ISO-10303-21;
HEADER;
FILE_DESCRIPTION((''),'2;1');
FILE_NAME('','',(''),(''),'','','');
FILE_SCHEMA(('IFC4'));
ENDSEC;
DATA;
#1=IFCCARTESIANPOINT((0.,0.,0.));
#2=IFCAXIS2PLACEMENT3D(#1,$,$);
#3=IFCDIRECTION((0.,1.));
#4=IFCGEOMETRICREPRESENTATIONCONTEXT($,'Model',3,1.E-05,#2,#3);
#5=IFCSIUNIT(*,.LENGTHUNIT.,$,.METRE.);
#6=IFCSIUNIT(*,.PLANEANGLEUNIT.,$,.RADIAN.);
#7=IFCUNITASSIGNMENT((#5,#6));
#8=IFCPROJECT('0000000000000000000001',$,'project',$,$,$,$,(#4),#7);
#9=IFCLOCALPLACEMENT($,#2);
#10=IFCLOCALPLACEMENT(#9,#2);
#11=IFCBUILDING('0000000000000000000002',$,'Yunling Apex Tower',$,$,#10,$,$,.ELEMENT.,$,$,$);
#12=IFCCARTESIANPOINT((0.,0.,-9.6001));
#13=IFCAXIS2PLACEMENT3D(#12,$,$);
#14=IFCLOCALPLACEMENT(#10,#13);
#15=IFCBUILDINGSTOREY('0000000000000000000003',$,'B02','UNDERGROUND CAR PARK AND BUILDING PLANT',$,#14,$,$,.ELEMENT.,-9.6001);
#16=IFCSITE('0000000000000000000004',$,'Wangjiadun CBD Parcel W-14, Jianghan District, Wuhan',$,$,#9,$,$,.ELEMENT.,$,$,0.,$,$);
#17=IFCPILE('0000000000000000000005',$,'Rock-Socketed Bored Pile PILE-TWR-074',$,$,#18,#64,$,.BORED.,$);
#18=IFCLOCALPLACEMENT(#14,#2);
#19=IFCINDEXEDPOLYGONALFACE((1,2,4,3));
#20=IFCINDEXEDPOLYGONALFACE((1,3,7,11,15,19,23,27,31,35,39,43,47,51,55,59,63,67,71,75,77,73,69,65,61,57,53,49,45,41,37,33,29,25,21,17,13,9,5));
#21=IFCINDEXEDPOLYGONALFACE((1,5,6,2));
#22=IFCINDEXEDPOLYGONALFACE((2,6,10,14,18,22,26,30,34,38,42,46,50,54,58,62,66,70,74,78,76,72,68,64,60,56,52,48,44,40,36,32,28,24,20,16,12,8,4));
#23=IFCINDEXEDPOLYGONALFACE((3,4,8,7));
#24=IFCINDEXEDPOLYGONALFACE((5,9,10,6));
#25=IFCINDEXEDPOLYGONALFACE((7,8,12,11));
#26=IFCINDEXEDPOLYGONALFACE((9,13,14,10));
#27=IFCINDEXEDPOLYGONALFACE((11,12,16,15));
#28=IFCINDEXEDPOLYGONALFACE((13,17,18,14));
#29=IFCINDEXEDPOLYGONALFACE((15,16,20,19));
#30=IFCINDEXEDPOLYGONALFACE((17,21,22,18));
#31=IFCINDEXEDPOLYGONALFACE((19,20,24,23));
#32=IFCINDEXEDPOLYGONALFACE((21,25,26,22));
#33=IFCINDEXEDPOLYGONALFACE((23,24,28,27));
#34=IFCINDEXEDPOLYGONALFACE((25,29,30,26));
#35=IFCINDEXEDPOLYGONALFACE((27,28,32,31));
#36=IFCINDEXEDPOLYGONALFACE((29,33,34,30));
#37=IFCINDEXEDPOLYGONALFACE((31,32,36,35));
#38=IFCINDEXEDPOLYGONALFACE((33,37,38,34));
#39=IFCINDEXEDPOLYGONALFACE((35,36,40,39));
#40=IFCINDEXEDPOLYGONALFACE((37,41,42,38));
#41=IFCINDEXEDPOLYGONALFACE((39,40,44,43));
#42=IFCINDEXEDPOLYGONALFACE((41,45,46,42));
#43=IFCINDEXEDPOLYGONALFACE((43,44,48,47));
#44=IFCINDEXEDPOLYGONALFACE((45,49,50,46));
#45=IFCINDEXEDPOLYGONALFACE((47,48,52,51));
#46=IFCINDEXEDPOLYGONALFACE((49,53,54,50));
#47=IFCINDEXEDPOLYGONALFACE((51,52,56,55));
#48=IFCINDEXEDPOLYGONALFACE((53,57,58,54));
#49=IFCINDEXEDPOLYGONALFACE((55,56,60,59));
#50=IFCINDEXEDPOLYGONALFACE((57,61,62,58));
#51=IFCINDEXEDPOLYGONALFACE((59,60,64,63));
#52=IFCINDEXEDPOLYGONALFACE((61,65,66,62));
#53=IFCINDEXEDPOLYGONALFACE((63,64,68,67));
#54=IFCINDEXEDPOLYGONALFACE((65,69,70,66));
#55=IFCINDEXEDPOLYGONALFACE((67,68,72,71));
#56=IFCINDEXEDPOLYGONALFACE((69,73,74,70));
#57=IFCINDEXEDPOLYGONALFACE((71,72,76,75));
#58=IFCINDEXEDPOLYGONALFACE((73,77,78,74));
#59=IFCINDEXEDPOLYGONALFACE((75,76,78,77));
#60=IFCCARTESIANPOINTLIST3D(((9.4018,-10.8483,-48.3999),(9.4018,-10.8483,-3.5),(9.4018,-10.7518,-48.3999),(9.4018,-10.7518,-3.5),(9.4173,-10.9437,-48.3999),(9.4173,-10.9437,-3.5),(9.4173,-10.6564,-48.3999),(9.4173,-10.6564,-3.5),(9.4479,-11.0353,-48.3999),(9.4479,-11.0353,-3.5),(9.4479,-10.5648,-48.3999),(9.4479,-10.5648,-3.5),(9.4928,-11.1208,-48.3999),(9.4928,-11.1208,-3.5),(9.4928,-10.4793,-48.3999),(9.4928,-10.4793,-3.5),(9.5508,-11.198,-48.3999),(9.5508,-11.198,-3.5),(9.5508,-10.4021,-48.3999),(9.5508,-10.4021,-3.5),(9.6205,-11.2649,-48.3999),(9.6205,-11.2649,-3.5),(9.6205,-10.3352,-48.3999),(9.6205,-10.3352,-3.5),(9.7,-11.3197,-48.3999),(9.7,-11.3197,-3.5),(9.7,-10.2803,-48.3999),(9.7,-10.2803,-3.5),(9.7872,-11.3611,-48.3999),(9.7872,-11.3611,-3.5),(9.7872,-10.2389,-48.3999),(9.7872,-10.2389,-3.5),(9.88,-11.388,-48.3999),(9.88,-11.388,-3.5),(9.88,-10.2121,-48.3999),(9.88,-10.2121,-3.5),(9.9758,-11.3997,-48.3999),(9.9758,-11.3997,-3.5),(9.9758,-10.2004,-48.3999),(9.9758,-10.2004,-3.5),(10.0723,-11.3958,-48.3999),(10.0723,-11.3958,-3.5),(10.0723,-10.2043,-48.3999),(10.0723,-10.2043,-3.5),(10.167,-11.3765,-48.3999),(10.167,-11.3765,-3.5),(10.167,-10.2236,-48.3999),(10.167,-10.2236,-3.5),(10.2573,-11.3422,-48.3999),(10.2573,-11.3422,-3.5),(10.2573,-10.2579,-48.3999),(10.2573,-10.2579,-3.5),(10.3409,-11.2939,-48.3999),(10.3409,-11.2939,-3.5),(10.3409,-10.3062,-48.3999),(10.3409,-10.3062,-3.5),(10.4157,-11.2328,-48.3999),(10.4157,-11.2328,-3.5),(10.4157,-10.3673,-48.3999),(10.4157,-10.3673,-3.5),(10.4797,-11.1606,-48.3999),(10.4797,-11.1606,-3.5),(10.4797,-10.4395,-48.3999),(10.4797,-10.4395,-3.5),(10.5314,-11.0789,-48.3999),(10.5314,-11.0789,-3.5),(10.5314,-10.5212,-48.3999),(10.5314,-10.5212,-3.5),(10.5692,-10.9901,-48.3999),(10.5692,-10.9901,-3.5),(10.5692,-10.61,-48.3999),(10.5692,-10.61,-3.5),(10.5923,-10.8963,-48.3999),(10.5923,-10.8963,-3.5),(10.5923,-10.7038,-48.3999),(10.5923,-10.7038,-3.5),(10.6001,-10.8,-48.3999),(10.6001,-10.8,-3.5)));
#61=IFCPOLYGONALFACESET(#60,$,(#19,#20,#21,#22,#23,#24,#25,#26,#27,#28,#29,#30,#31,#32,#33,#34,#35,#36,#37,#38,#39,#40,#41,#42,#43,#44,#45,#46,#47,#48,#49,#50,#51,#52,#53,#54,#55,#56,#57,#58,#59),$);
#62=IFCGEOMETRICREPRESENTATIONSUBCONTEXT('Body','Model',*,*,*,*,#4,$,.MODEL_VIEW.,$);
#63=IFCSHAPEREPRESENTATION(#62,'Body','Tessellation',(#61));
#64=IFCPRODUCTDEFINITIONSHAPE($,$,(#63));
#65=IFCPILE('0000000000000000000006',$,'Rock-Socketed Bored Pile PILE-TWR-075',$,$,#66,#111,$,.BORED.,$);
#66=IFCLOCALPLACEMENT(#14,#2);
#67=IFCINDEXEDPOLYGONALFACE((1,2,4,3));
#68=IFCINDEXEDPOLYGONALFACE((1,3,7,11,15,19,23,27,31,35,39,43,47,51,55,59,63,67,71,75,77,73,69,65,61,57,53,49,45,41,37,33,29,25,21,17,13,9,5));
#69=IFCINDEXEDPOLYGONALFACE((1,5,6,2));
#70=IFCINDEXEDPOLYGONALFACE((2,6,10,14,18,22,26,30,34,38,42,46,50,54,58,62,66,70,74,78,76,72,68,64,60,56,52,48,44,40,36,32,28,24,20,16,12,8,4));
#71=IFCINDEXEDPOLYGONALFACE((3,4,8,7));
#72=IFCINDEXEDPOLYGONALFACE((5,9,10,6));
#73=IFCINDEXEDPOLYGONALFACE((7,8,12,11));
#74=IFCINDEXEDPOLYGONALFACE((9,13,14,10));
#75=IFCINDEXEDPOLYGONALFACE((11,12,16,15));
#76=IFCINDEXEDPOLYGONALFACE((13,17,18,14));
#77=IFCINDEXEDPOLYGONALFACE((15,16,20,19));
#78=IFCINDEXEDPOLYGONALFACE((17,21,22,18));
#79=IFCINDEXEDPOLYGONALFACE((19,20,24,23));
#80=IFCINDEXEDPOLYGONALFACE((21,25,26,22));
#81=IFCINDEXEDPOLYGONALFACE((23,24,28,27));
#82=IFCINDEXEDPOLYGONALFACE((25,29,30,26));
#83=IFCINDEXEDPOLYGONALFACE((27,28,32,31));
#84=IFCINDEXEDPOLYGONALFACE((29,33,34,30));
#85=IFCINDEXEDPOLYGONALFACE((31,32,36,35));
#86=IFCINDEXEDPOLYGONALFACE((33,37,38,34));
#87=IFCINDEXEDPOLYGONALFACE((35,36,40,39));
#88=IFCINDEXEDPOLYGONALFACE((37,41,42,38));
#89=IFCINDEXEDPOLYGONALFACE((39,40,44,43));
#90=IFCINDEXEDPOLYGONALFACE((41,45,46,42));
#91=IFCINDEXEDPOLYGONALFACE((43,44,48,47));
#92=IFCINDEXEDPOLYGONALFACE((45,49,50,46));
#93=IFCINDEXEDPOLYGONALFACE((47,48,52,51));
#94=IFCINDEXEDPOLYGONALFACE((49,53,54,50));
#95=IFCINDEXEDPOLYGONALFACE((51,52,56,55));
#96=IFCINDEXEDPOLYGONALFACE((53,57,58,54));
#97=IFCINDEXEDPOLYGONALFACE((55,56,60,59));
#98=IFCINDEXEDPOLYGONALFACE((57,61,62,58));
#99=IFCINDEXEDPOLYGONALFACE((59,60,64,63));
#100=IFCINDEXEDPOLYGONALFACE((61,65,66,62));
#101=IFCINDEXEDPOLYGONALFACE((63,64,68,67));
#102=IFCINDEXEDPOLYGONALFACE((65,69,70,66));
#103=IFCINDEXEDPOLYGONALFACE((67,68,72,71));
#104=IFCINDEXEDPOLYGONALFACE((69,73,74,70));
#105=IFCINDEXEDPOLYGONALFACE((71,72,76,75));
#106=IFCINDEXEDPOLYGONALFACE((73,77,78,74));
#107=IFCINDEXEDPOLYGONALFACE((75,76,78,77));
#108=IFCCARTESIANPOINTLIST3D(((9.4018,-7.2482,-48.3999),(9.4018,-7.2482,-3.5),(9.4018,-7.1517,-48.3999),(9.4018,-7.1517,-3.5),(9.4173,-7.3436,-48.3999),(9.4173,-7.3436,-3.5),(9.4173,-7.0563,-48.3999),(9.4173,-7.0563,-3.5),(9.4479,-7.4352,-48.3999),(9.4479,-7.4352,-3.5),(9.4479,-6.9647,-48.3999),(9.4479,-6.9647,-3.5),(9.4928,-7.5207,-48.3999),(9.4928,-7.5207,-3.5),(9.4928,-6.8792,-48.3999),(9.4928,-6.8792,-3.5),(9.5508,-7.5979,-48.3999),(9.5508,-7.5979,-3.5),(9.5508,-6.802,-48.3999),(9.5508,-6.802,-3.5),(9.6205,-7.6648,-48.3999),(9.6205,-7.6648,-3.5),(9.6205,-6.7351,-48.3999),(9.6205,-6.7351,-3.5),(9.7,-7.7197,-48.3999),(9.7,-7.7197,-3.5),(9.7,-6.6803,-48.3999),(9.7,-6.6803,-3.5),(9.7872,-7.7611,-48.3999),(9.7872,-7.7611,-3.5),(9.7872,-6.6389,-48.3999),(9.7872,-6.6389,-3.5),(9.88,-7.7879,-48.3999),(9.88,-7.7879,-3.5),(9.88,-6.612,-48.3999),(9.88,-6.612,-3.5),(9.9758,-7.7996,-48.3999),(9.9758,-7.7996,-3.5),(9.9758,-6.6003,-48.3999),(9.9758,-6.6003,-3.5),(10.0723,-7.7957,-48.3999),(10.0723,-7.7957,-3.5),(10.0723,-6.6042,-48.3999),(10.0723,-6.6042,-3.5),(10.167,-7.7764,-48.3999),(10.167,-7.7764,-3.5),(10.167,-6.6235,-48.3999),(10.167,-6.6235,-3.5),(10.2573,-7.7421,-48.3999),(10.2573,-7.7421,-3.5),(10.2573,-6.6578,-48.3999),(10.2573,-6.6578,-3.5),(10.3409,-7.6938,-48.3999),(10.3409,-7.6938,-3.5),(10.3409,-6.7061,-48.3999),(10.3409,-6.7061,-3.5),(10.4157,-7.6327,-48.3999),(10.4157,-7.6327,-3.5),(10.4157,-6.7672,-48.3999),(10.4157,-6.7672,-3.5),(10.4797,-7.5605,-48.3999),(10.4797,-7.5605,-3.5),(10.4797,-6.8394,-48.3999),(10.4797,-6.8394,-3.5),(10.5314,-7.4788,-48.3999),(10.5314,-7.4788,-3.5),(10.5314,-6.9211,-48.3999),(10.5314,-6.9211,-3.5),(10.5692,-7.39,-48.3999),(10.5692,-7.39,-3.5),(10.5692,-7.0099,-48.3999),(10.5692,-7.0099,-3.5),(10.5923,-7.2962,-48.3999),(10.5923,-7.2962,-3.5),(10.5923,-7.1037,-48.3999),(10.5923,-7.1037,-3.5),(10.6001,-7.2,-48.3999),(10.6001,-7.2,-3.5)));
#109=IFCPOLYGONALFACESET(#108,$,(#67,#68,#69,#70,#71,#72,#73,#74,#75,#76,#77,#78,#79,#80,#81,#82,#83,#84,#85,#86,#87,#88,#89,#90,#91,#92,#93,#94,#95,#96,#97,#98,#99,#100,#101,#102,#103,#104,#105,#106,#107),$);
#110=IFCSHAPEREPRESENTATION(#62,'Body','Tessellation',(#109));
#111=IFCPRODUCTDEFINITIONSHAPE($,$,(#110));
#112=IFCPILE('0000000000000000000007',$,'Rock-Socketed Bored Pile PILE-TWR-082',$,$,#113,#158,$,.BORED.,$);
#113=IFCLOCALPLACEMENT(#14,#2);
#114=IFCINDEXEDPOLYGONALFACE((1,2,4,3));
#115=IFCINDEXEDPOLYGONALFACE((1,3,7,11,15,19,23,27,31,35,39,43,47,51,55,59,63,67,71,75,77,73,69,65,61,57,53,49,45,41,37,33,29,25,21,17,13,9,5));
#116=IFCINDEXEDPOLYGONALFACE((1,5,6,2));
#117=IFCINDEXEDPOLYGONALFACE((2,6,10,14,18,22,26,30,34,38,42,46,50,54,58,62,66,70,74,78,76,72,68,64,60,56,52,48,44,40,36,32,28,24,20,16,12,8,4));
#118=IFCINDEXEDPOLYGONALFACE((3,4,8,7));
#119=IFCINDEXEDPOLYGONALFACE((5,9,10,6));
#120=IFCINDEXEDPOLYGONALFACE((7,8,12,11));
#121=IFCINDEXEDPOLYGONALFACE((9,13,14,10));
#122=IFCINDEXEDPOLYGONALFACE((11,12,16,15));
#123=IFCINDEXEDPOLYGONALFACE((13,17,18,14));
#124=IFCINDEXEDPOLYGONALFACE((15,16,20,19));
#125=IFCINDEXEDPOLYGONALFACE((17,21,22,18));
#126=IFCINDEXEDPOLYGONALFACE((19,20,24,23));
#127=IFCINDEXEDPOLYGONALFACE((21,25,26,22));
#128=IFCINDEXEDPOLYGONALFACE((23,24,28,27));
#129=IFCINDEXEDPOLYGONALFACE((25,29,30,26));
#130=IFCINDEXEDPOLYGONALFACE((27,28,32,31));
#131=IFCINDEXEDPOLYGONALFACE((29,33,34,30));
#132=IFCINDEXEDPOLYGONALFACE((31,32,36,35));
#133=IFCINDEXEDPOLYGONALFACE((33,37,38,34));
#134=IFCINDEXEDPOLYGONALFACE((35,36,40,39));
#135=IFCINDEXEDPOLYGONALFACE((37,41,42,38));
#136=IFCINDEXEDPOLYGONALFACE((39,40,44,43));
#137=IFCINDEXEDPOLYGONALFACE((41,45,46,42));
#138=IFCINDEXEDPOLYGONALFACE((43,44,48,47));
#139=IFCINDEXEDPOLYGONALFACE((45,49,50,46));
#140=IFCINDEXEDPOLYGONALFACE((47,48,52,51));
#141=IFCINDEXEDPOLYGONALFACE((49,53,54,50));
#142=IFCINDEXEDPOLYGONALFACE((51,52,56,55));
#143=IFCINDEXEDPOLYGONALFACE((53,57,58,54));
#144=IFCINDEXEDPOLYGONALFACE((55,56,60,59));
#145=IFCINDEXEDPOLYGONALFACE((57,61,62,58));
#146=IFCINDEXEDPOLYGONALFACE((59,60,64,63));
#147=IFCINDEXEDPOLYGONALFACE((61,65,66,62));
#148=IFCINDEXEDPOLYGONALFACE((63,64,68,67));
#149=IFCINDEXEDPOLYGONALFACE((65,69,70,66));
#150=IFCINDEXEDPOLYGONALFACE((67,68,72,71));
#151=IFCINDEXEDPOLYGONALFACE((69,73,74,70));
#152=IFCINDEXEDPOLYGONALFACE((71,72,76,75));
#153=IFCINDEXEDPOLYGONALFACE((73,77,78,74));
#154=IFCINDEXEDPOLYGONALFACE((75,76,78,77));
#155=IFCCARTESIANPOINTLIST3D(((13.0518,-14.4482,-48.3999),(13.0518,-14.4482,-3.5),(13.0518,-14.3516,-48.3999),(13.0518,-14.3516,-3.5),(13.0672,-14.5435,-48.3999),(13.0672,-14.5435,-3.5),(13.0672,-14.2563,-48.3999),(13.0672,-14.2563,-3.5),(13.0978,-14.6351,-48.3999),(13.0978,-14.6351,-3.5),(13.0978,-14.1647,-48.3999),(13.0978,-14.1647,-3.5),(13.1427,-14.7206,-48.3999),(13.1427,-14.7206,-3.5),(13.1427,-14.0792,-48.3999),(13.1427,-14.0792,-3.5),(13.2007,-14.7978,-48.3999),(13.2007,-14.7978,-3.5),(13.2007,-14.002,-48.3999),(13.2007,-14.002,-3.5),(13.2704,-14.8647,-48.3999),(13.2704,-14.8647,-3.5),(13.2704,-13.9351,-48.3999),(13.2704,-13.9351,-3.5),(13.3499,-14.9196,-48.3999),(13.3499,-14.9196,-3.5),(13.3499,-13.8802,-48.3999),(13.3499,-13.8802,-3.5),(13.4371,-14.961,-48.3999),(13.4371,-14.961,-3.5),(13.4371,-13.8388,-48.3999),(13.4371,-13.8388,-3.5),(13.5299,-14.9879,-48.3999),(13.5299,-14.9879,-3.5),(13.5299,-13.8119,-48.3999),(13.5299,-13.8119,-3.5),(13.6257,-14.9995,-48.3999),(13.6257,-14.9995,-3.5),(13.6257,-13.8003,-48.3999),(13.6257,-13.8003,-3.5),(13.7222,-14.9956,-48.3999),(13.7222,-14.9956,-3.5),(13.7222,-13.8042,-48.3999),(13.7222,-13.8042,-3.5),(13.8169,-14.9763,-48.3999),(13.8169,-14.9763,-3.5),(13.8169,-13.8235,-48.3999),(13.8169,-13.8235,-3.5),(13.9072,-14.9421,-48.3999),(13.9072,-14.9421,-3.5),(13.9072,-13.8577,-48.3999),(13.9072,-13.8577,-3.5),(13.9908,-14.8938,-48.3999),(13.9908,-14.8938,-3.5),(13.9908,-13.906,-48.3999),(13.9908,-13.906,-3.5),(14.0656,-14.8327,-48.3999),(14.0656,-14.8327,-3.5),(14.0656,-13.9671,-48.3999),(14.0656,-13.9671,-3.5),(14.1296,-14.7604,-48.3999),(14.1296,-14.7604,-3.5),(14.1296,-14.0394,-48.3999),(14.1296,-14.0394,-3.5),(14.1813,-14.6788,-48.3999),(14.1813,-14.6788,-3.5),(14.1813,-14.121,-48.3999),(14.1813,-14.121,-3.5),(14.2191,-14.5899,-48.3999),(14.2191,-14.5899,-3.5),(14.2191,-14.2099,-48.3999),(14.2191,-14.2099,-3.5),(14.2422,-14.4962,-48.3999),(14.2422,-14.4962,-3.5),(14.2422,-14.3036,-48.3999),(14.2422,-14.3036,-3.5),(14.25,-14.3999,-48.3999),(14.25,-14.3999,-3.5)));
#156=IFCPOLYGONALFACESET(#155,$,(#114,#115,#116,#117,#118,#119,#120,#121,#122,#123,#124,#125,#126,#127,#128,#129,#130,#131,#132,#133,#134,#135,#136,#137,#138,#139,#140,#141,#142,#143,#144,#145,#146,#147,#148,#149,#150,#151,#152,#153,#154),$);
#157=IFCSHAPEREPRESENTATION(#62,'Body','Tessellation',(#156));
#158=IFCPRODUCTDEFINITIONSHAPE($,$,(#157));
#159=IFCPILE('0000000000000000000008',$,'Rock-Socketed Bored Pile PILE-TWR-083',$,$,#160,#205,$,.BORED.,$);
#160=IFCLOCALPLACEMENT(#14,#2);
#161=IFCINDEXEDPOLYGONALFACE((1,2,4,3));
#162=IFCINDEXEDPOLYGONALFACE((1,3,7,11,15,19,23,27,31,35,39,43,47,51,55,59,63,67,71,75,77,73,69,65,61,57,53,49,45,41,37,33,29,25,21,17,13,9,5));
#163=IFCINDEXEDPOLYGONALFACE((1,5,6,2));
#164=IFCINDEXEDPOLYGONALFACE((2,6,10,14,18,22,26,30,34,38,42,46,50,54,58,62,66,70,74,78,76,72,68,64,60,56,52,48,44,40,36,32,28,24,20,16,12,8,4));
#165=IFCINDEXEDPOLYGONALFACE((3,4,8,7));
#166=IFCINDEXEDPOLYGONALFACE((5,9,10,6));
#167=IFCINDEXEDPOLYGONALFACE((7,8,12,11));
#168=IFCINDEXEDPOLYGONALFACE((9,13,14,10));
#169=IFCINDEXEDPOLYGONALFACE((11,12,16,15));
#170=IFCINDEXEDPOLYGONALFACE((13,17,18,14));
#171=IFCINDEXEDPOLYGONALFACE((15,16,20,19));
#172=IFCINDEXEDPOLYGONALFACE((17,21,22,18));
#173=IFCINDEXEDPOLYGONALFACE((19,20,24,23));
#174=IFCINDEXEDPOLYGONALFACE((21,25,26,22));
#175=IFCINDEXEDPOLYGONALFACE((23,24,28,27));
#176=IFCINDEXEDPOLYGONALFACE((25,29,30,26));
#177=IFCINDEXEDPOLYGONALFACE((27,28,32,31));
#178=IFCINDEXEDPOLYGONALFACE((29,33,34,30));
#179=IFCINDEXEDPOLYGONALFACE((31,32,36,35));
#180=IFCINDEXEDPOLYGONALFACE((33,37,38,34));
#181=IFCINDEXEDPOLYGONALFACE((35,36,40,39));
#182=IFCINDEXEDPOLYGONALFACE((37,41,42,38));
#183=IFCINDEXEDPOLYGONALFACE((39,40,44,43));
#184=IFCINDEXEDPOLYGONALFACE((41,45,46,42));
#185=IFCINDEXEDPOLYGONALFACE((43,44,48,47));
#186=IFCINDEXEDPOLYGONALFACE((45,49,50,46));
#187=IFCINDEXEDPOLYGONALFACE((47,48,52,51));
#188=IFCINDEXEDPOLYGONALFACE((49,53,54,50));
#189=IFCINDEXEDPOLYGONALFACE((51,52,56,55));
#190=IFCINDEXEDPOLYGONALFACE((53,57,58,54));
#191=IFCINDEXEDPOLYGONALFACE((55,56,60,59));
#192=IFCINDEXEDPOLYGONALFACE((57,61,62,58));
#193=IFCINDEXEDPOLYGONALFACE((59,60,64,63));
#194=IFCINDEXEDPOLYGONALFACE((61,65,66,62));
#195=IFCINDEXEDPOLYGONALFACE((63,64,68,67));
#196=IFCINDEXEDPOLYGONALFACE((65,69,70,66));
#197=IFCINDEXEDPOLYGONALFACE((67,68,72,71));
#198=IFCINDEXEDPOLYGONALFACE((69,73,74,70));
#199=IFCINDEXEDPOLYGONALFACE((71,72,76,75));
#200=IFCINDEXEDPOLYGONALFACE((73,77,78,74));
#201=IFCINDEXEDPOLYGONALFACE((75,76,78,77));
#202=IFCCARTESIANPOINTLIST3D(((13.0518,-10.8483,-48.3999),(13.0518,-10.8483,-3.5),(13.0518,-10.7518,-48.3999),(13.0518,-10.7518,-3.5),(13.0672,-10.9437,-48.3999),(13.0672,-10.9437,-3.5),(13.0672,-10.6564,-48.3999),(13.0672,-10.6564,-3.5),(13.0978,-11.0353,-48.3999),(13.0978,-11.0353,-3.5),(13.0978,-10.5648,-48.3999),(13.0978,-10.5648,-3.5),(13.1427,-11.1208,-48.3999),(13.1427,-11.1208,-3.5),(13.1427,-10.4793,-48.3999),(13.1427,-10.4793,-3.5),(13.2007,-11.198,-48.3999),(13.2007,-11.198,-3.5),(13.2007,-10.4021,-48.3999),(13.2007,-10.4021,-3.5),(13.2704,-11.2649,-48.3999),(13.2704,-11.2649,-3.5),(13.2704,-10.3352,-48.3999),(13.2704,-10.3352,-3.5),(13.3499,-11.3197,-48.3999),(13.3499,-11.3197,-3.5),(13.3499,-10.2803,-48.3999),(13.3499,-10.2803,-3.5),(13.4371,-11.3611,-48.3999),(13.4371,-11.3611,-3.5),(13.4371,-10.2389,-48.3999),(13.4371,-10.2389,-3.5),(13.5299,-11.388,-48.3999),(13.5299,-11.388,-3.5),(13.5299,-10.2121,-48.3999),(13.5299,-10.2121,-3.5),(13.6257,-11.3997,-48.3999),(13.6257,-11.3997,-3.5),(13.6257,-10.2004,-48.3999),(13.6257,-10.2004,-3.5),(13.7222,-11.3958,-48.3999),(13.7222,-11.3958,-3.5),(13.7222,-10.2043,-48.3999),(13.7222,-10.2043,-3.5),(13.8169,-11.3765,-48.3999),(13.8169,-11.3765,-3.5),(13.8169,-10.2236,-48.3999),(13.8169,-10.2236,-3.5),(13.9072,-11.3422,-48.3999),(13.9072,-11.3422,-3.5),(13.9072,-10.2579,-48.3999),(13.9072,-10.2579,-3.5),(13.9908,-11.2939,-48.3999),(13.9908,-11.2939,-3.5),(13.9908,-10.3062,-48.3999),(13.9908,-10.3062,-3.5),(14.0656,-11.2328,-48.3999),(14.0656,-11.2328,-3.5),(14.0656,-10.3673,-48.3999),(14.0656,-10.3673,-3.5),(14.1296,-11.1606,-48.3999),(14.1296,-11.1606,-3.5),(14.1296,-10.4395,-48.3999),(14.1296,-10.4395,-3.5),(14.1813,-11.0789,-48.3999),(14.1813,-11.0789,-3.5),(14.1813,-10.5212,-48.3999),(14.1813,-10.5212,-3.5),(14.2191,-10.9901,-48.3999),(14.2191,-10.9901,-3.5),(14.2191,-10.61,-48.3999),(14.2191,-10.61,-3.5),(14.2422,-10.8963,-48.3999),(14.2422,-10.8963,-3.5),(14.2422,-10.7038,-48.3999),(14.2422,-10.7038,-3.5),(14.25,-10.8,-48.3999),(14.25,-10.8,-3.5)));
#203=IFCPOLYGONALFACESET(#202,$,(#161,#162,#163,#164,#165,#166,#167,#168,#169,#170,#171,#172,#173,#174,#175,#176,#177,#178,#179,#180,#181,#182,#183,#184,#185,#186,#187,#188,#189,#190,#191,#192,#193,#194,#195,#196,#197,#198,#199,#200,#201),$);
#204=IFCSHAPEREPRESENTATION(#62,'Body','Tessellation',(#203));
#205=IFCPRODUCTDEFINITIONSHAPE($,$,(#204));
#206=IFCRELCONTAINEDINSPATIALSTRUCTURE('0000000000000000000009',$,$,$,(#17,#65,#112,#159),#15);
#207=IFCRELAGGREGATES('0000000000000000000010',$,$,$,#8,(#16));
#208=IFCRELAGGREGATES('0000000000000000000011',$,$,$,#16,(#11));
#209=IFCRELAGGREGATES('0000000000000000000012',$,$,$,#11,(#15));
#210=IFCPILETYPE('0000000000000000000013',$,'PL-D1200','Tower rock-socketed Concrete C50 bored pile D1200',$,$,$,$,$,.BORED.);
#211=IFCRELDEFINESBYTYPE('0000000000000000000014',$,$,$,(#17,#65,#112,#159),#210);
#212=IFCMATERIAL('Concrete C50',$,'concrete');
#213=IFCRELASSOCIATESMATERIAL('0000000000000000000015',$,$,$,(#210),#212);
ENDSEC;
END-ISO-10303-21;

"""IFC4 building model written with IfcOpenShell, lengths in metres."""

from ifc_helpers import new_model, si_unit, direction, frame, origin, origin_2d, place, context, subcontext, project, spatial, circle, extrude, source, transform, mapped, material, material_profile, profile_set, type_object, element, save


model = new_model("IFC4")

# Units and contexts
model_context = context("Model", 3, precision=1e-05, world=origin(), true_north=direction((0.0, 1.0)))
body_context = subcontext(model_context, "Body", "Model", "MODEL_VIEW")
ifc_project = project(units=[si_unit("LENGTHUNIT", "METRE"), si_unit("PLANEANGLEUNIT", "RADIAN")], contexts=[model_context])

# Site, building, storey
site_placement = place(None, origin())
site = spatial("IfcSite", under=ifc_project, at=site_placement, Name="Wangjiadun CBD Parcel W-14, Jianghan District, Wuhan", CompositionType="ELEMENT", RefElevation=0.0)
building_placement = place(site_placement, origin())
building = spatial("IfcBuilding", under=site, at=building_placement, Name="Yunling Apex Tower", CompositionType="ELEMENT")
storey_placement = place(building_placement, frame((0.0, 0.0, -9.6001)))
storey = spatial("IfcBuildingStorey", under=building, at=storey_placement, Name="B02", Description="UNDERGROUND CAR PARK AND BUILDING PLANT", CompositionType="ELEMENT", Elevation=-9.6001)

# Shared definitions
ifc_material_1 = material(Name="Concrete C50", Category="concrete")

# Piles
ifc_material_profile_1 = material_profile(ifc_material_1, circle(Radius=0.6001, at=origin_2d()))
ifc_profile_set_1 = profile_set([ifc_material_profile_1], Name="Concrete C50")
pile_type_1 = type_object("IfcPileType", Name="PL-D1200", Description="Tower rock-socketed Concrete C50 bored pile D1200", PredefinedType="BORED", material=ifc_profile_set_1)
shared_shape_1 = source(origin(), body_context, "Body", "SweptSolid", [
    extrude(circle(Radius=0.6001, at=origin_2d()), origin(), (0.0, 0.0, 1.0), 44.8999),
])
for number, where, z_axis, x_axis, name in (
    (1, (10.0, -10.8, -3.5), (0.0, 0.0, -1.0), (1.0, 0.0, 0.0), "Rock-Socketed Bored Pile PILE-TWR-074"),
    (2, (10.0, -7.2, -3.5), (0.0, 0.0, -1.0), (1.0, 0.0, 0.0), "Rock-Socketed Bored Pile PILE-TWR-075"),
    (3, (13.6499, -14.3999, -3.5), (0.0, 0.0, -1.0), (1.0, 0.0, 0.0), "Rock-Socketed Bored Pile PILE-TWR-082"),
    (4, (13.6499, -10.8, -3.5), (0.0, 0.0, -1.0), (1.0, 0.0, 0.0), "Rock-Socketed Bored Pile PILE-TWR-083"),
):
    element("IfcPile", number, at=place(storey_placement, frame(where, z_axis=z_axis, x_axis=x_axis)), inside=storey, type_object=pile_type_1, Name=name, PredefinedType="BORED", context=body_context, shape_type="MappedRepresentation", body=[
        mapped(shared_shape_1, transform((0.0, 0.0, 0.0), scale=1.0)),
    ])

save(model, "model.ifc")
